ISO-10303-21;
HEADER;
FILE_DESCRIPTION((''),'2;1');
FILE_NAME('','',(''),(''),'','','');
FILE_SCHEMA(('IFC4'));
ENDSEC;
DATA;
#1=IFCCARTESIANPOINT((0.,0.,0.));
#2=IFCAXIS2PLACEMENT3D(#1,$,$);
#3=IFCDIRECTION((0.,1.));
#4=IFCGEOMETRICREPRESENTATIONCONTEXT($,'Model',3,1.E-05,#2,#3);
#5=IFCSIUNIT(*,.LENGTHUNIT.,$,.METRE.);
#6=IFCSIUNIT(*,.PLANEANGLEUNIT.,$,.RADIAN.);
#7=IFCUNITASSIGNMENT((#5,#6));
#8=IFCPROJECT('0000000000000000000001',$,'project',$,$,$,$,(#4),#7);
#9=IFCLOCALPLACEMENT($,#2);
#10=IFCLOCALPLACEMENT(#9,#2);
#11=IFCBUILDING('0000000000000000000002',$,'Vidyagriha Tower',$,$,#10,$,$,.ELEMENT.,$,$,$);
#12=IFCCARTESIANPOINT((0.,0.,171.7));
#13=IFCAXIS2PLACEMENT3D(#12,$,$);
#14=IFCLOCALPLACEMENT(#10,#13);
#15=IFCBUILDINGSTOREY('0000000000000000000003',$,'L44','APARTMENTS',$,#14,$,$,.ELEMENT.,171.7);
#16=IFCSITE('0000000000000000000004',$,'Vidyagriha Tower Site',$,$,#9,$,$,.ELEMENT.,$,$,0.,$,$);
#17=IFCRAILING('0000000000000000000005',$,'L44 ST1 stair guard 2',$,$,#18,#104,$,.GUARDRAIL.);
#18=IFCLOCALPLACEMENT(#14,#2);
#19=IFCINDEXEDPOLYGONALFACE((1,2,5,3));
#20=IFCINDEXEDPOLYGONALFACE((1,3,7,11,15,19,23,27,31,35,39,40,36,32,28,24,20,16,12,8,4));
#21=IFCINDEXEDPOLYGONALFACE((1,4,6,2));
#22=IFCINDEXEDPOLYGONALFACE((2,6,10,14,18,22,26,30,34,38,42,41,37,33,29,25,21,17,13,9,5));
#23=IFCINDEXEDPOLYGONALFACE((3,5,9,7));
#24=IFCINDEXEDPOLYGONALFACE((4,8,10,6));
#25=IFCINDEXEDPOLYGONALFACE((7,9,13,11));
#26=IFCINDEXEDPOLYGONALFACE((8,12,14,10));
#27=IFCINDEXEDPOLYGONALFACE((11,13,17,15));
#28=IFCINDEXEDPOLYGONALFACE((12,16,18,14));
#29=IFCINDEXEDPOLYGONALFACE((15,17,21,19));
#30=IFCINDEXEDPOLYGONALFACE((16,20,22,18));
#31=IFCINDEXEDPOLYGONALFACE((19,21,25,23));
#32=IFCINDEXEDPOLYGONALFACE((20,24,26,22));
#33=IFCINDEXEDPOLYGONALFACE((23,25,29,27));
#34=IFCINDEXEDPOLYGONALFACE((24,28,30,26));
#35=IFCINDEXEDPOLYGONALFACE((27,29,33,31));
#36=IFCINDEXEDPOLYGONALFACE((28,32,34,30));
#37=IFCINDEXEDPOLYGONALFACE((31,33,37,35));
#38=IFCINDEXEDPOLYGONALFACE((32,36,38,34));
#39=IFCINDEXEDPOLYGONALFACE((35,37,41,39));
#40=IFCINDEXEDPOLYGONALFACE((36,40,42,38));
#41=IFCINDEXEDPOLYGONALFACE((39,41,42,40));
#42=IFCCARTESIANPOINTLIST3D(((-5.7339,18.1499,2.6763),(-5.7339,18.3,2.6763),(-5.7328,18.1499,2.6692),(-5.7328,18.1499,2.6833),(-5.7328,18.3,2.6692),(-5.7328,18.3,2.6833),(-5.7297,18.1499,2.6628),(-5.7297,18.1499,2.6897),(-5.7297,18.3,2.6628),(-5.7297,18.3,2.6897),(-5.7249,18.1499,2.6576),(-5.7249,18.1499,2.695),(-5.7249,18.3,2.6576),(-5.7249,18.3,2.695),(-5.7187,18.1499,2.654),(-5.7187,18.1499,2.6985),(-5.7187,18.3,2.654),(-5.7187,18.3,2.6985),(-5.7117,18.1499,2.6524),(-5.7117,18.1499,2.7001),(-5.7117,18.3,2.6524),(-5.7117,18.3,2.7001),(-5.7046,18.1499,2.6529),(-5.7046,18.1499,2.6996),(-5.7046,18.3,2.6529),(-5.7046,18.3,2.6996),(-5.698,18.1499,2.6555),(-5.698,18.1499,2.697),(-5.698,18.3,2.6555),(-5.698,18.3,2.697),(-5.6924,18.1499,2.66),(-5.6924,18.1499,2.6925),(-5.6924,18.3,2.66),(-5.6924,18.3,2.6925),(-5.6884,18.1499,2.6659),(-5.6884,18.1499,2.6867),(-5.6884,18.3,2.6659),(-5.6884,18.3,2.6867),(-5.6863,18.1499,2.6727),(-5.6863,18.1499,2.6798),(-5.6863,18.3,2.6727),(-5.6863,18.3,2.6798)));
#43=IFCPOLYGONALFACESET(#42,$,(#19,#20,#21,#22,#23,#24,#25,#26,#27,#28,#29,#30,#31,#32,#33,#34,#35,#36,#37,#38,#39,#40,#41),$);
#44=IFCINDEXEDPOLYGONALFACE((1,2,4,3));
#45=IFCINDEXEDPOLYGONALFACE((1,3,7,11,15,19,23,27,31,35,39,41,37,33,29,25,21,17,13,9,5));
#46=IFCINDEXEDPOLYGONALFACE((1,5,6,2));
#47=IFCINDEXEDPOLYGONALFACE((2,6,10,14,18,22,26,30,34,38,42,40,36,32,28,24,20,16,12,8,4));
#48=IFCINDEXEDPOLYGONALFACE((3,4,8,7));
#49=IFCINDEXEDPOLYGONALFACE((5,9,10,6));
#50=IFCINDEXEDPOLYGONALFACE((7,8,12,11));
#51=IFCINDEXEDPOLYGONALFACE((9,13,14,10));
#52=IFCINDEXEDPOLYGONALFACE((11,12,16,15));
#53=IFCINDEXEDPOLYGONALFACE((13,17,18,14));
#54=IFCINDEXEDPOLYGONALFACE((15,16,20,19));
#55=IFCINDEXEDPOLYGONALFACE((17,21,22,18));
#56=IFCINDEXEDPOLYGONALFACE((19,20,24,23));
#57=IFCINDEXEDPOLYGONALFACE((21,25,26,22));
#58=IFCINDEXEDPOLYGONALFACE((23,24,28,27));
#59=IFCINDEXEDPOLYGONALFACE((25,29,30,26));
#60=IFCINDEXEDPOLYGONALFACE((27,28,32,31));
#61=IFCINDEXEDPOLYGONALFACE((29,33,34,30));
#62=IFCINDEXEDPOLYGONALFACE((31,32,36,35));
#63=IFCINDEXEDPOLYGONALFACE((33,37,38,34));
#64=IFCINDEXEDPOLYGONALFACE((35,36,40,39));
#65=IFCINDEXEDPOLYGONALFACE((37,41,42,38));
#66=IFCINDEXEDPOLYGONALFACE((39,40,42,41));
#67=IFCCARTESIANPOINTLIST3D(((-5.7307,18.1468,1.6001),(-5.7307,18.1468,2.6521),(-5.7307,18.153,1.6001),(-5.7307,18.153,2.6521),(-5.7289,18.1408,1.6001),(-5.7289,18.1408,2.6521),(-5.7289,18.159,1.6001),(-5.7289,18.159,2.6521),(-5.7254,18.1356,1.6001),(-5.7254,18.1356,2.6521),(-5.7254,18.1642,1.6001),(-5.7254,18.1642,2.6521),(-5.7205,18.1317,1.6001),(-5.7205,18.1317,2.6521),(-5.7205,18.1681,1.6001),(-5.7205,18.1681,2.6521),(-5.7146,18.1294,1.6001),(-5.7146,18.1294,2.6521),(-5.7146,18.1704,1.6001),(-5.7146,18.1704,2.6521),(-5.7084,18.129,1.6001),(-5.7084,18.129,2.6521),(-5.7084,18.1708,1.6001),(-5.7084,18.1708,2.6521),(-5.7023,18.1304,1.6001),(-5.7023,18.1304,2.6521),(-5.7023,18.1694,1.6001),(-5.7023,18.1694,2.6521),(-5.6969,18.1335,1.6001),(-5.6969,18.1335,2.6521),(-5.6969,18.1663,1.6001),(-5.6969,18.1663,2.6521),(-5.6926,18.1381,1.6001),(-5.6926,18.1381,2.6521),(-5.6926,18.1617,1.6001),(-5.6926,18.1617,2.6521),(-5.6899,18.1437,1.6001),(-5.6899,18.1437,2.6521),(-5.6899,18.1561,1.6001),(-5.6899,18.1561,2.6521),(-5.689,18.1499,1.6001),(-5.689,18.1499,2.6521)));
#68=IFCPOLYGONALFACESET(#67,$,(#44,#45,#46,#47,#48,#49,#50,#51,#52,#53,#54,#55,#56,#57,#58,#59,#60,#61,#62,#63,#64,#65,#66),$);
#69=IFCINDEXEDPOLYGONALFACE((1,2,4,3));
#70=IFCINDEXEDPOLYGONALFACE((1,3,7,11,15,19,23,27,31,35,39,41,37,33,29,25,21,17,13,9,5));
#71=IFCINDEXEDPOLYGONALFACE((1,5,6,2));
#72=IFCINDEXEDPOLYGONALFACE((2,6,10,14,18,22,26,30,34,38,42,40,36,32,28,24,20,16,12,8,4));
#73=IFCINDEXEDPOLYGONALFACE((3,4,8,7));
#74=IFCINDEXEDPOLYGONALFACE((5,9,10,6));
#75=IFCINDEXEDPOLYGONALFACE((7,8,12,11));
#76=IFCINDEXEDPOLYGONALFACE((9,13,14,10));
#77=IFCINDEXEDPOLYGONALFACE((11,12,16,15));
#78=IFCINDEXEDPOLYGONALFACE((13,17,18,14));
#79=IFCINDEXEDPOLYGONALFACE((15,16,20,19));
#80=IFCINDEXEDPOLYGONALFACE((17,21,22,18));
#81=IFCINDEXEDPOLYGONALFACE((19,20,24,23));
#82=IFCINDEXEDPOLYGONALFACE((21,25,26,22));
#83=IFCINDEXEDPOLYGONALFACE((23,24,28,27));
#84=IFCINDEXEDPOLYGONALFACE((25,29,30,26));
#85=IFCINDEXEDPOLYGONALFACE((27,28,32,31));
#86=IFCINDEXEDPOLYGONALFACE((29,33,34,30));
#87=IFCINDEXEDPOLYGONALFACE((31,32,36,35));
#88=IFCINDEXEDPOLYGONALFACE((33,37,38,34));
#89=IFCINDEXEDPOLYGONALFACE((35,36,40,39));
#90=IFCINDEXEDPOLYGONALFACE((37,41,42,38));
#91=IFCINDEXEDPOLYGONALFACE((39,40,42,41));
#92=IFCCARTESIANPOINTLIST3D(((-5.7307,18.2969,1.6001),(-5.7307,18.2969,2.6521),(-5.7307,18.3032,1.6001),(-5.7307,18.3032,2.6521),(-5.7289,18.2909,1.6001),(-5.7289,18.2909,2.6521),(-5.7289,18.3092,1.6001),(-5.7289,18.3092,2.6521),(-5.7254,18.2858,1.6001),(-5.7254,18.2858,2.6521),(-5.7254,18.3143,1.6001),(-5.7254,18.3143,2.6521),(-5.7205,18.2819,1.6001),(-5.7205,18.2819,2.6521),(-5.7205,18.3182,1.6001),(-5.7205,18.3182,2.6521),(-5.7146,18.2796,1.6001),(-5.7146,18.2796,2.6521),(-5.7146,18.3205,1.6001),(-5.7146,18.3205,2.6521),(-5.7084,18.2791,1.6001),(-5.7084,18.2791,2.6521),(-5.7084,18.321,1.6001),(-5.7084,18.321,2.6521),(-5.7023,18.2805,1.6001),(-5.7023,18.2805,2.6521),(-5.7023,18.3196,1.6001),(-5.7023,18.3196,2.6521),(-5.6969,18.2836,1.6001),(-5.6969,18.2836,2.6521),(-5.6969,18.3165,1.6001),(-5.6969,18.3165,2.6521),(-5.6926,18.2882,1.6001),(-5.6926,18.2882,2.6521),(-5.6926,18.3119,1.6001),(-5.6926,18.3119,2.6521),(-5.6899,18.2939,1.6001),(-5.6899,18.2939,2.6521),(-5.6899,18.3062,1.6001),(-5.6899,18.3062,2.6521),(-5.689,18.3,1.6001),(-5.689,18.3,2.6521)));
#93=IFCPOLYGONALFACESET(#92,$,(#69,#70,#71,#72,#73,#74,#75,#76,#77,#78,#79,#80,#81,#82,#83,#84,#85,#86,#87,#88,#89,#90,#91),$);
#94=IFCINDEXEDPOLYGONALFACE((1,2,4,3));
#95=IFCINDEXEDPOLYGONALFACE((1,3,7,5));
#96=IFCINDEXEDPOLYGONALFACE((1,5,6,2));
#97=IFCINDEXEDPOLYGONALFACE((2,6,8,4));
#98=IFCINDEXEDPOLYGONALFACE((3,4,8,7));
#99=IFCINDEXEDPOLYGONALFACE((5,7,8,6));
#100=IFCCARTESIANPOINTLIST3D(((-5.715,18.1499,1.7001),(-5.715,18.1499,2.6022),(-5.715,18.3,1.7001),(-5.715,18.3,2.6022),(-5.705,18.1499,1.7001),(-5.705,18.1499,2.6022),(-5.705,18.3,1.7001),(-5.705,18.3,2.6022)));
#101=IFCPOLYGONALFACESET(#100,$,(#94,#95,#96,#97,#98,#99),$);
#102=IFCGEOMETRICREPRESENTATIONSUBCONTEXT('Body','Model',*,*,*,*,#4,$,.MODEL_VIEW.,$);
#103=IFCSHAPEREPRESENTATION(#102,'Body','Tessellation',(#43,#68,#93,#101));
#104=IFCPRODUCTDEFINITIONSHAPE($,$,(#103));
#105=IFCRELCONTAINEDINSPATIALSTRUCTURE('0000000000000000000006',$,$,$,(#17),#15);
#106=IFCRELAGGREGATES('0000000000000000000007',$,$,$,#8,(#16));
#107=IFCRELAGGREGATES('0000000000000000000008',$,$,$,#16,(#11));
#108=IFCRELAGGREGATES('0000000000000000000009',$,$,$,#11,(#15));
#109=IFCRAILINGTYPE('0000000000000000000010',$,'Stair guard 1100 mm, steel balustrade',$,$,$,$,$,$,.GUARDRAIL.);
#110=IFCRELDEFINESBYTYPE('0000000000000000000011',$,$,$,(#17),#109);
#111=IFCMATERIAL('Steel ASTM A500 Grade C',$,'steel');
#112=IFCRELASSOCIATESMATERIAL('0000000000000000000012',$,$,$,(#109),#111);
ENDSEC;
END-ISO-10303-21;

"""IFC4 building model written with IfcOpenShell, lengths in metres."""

from ifc_helpers import new_model, si_unit, direction, frame, origin, origin_2d, place, context, subcontext, project, spatial, rectangle, circle, extrude, material, type_object, element, save


model = new_model("IFC4")

# Units and contexts
model_context = context("Model", 3, precision=1e-05, world=origin(), true_north=direction((0.0, 1.0)))
body_context = subcontext(model_context, "Body", "Model", "MODEL_VIEW")
ifc_project = project(units=[si_unit("LENGTHUNIT", "METRE"), si_unit("PLANEANGLEUNIT", "RADIAN")], contexts=[model_context])

# Site, building, storey
site_placement = place(None, origin())
site = spatial("IfcSite", under=ifc_project, at=site_placement, Name="Vidyagriha Tower Site", CompositionType="ELEMENT", RefElevation=0.0)
building_placement = place(site_placement, origin())
building = spatial("IfcBuilding", under=site, at=building_placement, Name="Vidyagriha Tower", CompositionType="ELEMENT")
storey_placement = place(building_placement, frame((0.0, 0.0, 171.7)))
storey = spatial("IfcBuildingStorey", under=building, at=storey_placement, Name="L44", Description="APARTMENTS", CompositionType="ELEMENT", Elevation=171.7)

# Railing
ifc_material_1 = material(Name="Steel ASTM A500 Grade C", Category="steel")
railing_type_1 = type_object("IfcRailingType", Name="Stair guard 1100 mm, steel balustrade", PredefinedType="GUARDRAIL", material=ifc_material_1)
railing_1_placement = place(storey_placement, frame((-5.71, 18.1499, 1.6001)))
element("IfcRailing", 1, at=railing_1_placement, inside=storey, type_object=railing_type_1, Name="L44 ST1 stair guard 2", PredefinedType="GUARDRAIL", context=body_context, shape_type="SweptSolid", body=[
    extrude(circle(Radius=0.0239, at=origin_2d()), frame((0.0, 0.0, 1.0762), z_axis=(0.0, 1.0, 0.0), x_axis=(-1.0, 0.0, 0.0)), (0.0, 0.0, 1.0), 0.1501),
    extrude(circle(Radius=0.021, at=origin_2d()), origin(), (0.0, 0.0, 1.0), 1.052),
    extrude(circle(Radius=0.021, at=origin_2d()), frame((0.0, 0.1501, 0.0)), (0.0, 0.0, 1.0), 1.052),
    extrude(rectangle(XDim=0.01, YDim=0.9021, at=origin_2d()), frame((0.0, 0.0, 0.551), z_axis=(0.0, 1.0, 0.0), x_axis=(-1.0, 0.0, 0.0)), (0.0, 0.0, 1.0), 0.1501),
])

save(model, "model.ifc")
